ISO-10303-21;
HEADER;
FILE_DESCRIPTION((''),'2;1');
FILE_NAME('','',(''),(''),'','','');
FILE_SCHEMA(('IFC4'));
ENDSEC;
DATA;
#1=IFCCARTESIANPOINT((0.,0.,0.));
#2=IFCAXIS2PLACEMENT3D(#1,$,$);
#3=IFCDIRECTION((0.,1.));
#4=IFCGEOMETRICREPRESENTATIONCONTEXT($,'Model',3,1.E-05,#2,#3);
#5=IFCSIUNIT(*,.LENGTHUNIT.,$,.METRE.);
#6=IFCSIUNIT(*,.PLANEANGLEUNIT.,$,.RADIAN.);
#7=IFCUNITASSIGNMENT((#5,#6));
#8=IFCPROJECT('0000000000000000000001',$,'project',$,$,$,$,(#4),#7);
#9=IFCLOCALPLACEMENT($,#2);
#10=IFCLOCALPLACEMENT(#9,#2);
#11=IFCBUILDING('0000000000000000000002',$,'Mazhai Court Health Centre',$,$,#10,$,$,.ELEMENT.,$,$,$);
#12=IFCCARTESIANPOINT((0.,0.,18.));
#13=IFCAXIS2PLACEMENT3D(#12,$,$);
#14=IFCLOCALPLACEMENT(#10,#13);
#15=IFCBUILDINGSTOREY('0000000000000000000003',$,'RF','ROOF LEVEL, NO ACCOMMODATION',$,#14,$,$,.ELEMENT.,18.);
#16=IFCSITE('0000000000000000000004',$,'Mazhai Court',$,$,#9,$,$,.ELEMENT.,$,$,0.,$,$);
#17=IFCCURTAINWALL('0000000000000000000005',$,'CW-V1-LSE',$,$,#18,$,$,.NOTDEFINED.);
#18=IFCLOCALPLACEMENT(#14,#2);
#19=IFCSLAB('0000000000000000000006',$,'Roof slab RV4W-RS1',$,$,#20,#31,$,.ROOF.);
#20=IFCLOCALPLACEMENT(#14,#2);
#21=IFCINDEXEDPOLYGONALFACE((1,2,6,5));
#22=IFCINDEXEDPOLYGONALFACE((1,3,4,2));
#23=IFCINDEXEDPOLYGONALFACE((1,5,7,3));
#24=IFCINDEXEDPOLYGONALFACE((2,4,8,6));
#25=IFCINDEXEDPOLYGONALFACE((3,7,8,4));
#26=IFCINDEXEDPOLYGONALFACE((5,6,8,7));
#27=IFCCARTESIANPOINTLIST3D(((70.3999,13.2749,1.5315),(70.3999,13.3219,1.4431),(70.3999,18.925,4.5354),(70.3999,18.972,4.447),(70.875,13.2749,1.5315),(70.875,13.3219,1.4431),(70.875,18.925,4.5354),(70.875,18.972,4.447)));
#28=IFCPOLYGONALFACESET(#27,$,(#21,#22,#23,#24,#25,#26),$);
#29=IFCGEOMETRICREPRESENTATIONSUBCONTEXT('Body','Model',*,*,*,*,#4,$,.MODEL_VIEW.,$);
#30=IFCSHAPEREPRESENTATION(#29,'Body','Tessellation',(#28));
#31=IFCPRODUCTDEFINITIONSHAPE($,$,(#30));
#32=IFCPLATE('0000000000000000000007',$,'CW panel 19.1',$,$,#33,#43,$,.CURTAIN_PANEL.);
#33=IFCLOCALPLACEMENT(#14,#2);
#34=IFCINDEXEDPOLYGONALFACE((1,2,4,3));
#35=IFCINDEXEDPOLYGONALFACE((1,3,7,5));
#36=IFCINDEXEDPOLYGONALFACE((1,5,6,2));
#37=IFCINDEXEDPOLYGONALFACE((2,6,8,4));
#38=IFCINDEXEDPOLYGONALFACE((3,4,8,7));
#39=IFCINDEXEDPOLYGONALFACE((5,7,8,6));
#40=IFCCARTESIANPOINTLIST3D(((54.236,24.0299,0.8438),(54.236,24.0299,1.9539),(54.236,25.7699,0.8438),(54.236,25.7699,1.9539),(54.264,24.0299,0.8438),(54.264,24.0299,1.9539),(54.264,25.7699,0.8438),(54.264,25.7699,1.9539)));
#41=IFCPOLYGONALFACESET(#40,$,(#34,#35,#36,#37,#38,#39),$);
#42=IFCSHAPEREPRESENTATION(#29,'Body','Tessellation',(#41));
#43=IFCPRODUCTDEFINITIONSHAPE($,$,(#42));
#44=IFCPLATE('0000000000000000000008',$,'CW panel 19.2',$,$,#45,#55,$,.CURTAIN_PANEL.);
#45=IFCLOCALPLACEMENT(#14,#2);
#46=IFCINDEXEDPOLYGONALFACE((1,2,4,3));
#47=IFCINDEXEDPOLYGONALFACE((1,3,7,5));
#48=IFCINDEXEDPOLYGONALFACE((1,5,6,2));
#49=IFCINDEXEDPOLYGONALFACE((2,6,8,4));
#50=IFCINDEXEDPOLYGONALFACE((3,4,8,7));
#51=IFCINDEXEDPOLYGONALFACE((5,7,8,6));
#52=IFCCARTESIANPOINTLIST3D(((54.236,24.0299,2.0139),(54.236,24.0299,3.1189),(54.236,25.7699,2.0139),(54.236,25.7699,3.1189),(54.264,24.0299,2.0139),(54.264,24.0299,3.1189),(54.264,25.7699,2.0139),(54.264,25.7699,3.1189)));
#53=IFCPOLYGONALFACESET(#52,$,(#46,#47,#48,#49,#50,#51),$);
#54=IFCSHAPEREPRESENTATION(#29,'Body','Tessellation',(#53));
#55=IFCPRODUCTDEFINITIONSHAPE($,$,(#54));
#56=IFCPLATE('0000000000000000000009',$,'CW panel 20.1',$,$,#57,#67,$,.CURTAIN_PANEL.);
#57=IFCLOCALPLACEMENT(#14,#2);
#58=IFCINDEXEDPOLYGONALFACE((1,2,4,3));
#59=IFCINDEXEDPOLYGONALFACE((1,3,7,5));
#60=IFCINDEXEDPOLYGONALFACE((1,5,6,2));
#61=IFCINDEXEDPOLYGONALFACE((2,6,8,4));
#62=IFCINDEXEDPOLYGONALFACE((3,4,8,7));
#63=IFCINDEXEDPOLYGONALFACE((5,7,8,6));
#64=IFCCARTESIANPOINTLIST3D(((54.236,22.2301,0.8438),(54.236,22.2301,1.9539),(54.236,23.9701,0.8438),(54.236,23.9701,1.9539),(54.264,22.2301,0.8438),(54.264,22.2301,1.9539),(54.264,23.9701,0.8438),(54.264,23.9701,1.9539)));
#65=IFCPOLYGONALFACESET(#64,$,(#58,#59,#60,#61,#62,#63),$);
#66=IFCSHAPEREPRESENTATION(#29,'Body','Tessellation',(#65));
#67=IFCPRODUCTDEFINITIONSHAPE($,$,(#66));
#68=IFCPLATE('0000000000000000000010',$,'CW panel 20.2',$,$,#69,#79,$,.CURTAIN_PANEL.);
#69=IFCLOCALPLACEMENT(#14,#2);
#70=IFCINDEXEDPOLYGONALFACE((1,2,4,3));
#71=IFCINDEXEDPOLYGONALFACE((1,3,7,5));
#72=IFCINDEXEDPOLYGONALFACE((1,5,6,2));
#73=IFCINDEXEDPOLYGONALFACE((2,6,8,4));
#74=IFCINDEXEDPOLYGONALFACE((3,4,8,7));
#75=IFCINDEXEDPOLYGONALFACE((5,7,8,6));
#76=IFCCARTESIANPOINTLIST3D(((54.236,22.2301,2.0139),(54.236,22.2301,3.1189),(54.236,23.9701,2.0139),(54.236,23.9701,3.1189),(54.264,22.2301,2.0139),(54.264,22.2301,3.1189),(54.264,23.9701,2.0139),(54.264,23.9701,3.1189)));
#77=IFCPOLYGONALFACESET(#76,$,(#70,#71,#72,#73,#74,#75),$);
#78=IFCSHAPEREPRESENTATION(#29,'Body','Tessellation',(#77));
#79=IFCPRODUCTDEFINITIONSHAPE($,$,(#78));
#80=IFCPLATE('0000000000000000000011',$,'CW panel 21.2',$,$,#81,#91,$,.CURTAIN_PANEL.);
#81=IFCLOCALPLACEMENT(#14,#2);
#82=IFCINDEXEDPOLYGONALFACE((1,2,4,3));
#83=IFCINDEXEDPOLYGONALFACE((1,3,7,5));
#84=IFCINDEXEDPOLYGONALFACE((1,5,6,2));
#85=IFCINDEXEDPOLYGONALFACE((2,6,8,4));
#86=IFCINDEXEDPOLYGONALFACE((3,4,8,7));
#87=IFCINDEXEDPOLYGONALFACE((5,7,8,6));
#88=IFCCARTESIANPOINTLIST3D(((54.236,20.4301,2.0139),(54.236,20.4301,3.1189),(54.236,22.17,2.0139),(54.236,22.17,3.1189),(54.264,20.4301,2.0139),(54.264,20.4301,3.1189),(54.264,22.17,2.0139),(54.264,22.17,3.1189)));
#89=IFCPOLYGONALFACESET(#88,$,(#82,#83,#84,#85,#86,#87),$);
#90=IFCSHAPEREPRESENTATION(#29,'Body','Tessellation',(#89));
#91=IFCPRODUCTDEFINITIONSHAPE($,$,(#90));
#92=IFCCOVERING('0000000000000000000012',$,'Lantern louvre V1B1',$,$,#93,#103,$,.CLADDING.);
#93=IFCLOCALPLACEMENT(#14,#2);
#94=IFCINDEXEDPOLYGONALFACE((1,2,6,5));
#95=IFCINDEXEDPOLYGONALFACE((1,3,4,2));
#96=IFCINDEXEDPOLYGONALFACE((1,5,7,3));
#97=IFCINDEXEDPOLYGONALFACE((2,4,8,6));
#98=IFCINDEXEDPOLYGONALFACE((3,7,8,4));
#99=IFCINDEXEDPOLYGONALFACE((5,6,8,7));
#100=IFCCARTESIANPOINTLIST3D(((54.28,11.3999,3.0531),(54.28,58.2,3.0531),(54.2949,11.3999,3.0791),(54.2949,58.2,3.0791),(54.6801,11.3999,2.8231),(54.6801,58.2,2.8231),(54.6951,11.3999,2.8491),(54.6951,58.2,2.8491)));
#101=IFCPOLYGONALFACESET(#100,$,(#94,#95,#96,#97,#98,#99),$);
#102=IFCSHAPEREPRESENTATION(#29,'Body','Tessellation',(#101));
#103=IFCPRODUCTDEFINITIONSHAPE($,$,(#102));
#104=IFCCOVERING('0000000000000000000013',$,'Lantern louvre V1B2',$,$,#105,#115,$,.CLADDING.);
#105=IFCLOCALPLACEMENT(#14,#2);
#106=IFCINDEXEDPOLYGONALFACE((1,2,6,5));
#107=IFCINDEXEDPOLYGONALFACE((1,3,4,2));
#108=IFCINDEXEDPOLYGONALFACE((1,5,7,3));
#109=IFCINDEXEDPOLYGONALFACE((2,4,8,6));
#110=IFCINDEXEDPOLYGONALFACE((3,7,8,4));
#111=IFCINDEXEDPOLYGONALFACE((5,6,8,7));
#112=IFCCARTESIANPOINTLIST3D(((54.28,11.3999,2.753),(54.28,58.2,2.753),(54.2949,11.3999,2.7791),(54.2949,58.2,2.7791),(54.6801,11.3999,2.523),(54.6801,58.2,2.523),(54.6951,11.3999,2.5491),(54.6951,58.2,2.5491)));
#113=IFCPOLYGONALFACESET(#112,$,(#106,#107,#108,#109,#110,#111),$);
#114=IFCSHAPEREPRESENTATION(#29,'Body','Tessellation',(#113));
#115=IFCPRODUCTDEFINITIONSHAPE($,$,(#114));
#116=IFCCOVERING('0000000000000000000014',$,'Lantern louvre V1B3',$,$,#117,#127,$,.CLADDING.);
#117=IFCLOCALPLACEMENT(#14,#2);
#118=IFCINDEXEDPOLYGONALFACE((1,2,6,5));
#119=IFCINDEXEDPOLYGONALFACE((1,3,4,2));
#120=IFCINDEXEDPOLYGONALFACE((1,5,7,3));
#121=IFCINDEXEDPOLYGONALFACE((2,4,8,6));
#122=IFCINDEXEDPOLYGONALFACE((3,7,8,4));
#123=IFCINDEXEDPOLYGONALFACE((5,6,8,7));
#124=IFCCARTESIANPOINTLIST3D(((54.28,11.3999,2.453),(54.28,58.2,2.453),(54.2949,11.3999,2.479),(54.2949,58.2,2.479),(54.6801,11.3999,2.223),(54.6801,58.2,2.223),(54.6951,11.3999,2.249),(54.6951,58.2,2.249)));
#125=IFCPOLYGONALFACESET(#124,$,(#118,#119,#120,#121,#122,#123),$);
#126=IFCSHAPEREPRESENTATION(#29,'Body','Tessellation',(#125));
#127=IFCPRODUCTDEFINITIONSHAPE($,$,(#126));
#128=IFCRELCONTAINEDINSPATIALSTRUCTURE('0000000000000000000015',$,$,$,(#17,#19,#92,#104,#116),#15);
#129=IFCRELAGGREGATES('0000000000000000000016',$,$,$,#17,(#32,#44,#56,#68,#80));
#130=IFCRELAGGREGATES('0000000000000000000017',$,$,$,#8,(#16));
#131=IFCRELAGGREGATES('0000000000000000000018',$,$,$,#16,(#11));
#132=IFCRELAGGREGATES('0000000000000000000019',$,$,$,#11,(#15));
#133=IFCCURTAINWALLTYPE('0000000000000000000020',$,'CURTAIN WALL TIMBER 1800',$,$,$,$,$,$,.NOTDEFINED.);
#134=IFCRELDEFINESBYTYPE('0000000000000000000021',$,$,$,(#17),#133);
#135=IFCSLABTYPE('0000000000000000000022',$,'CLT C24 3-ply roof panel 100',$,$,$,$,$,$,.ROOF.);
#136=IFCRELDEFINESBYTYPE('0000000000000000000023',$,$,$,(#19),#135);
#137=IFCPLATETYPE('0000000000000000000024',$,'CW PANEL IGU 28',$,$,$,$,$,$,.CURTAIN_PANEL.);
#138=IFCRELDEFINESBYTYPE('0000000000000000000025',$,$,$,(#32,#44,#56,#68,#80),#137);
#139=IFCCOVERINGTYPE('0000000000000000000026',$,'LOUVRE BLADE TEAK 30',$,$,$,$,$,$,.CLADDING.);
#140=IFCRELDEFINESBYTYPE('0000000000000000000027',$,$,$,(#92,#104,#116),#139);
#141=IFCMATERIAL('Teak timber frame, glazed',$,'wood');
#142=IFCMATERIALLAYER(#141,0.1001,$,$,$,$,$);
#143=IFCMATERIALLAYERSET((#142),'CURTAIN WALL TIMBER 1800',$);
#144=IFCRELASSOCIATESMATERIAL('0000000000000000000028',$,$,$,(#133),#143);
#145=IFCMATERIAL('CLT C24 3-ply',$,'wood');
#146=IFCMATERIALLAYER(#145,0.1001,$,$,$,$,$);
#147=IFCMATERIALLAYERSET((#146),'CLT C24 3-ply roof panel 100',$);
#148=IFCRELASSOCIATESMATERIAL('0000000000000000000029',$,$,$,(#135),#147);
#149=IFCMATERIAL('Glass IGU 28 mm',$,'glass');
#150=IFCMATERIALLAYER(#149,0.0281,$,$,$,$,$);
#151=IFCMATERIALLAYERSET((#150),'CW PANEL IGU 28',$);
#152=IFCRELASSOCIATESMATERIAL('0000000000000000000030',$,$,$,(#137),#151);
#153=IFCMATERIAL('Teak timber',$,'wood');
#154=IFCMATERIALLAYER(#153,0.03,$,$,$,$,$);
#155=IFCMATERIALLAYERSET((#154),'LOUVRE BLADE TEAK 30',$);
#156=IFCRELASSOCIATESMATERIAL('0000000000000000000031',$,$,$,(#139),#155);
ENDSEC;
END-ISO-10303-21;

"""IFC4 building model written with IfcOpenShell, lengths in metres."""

from ifc_helpers import new_model, si_unit, direction, frame, origin, origin_2d, place, context, subcontext, project, spatial, polyline, rectangle, outline, extrude, material, layer, layer_set, type_object, element, aggregate, save


model = new_model("IFC4")

# Units and contexts
model_context = context("Model", 3, precision=1e-05, world=origin(), true_north=direction((0.0, 1.0)))
body_context = subcontext(model_context, "Body", "Model", "MODEL_VIEW")
ifc_project = project(units=[si_unit("LENGTHUNIT", "METRE"), si_unit("PLANEANGLEUNIT", "RADIAN")], contexts=[model_context])

# Site, building, storey
site_placement = place(None, origin())
site = spatial("IfcSite", under=ifc_project, at=site_placement, Name="Mazhai Court", CompositionType="ELEMENT", RefElevation=0.0)
building_placement = place(site_placement, origin())
building = spatial("IfcBuilding", under=site, at=building_placement, Name="Mazhai Court Health Centre", CompositionType="ELEMENT")
storey_placement = place(building_placement, frame((0.0, 0.0, 18.0)))
storey = spatial("IfcBuildingStorey", under=building, at=storey_placement, Name="RF", Description="ROOF LEVEL, NO ACCOMMODATION", CompositionType="ELEMENT", Elevation=18.0)

# Curtain wall
ifc_material_1 = material(Name="Teak timber frame, glazed", Category="wood")
ifc_layer_1 = layer(ifc_material_1, 0.1001)
ifc_layer_set_1 = layer_set([ifc_layer_1], Name="CURTAIN WALL TIMBER 1800")
curtain_wall_type = type_object("IfcCurtainWallType", Name="CURTAIN WALL TIMBER 1800", PredefinedType="NOTDEFINED", material=ifc_layer_set_1)
curtain_wall_placement = place(storey_placement, origin())
curtain_wall = element("IfcCurtainWall", 1, at=curtain_wall_placement, inside=storey, type_object=curtain_wall_type, Name="CW-V1-LSE", PredefinedType="NOTDEFINED")

# Slab
ifc_material_2 = material(Name="CLT C24 3-ply", Category="wood")
ifc_layer_2 = layer(ifc_material_2, 0.1001)
ifc_layer_set_2 = layer_set([ifc_layer_2], Name="CLT C24 3-ply roof panel 100")
slab_type = type_object("IfcSlabType", Name="CLT C24 3-ply roof panel 100", PredefinedType="ROOF", material=ifc_layer_set_2)
slab_placement = place(storey_placement, frame((70.3999, 18.925, 4.5354), z_axis=(0.0, -0.469431, 0.882969), x_axis=(1.0, 0.0, 0.0)))
element("IfcSlab", 2, at=slab_placement, inside=storey, type_object=slab_type, Name="Roof slab RV4W-RS1", PredefinedType="ROOF", context=body_context, shape_type="SweptSolid", body=[
    extrude(outline(polyline([(0.0, 0.0), (0.4751, 0.0), (0.4751, -6.399), (0.0, -6.399), (0.0, 0.0)])), origin(), (0.0, 0.0, -1.0), 0.1001),
])

# Plates
ifc_material_3 = material(Name="Glass IGU 28 mm", Category="glass")
ifc_layer_3 = layer(ifc_material_3, 0.0281)
ifc_layer_set_3 = layer_set([ifc_layer_3], Name="CW PANEL IGU 28")
plate_type = type_object("IfcPlateType", Name="CW PANEL IGU 28", PredefinedType="CURTAIN_PANEL", material=ifc_layer_set_3)
plate_1_placement = place(storey_placement, frame((54.25, 24.8999, 0.8438), z_axis=(0.0, 0.0, 1.0), x_axis=(0.0, -1.0, 0.0)))
plate_1 = element("IfcPlate", 3, at=plate_1_placement, type_object=plate_type, Name="CW panel 19.1", PredefinedType="CURTAIN_PANEL", context=body_context, shape_type="SweptSolid", body=[
    extrude(rectangle(XDim=1.74, YDim=0.0281, at=origin_2d()), origin(), (0.0, 0.0, 1.0), 1.1101),
])
plate_2_placement = place(storey_placement, frame((54.25, 24.8999, 2.0139), z_axis=(0.0, 0.0, 1.0), x_axis=(0.0, -1.0, 0.0)))
plate_2 = element("IfcPlate", 4, at=plate_2_placement, type_object=plate_type, Name="CW panel 19.2", PredefinedType="CURTAIN_PANEL", context=body_context, shape_type="SweptSolid", body=[
    extrude(rectangle(XDim=1.74, YDim=0.0281, at=origin_2d()), origin(), (0.0, 0.0, 1.0), 1.105),
])
plate_3_placement = place(storey_placement, frame((54.25, 23.1001, 0.8438), z_axis=(0.0, 0.0, 1.0), x_axis=(0.0, -1.0, 0.0)))
plate_3 = element("IfcPlate", 5, at=plate_3_placement, type_object=plate_type, Name="CW panel 20.1", PredefinedType="CURTAIN_PANEL", context=body_context, shape_type="SweptSolid", body=[
    extrude(rectangle(XDim=1.74, YDim=0.0281, at=origin_2d()), origin(), (0.0, 0.0, 1.0), 1.1101),
])
plate_4_placement = place(storey_placement, frame((54.25, 23.1001, 2.0139), z_axis=(0.0, 0.0, 1.0), x_axis=(0.0, -1.0, 0.0)))
plate_4 = element("IfcPlate", 6, at=plate_4_placement, type_object=plate_type, Name="CW panel 20.2", PredefinedType="CURTAIN_PANEL", context=body_context, shape_type="SweptSolid", body=[
    extrude(rectangle(XDim=1.74, YDim=0.0281, at=origin_2d()), origin(), (0.0, 0.0, 1.0), 1.105),
])
plate_5_placement = place(storey_placement, frame((54.25, 21.3, 2.0139), z_axis=(0.0, 0.0, 1.0), x_axis=(0.0, -1.0, 0.0)))
plate_5 = element("IfcPlate", 7, at=plate_5_placement, type_object=plate_type, Name="CW panel 21.2", PredefinedType="CURTAIN_PANEL", context=body_context, shape_type="SweptSolid", body=[
    extrude(rectangle(XDim=1.74, YDim=0.0281, at=origin_2d()), origin(), (0.0, 0.0, 1.0), 1.105),
])
aggregate(curtain_wall, [plate_1, plate_2, plate_3, plate_4, plate_5])

# Coverings
ifc_material_4 = material(Name="Teak timber", Category="wood")
ifc_layer_4 = layer(ifc_material_4, 0.03)
ifc_layer_set_4 = layer_set([ifc_layer_4], Name="LOUVRE BLADE TEAK 30")
covering_type = type_object("IfcCoveringType", Name="LOUVRE BLADE TEAK 30", PredefinedType="CLADDING", material=ifc_layer_set_4)
for number, where, z_axis, x_axis, name in (
    (8, (54.2949, 11.3999, 3.0791), (0.498302, 0.0, 0.867003), (0.0, 1.0, 0.0), "Lantern louvre V1B1"),
    (9, (54.2949, 11.3999, 2.7791), (0.498302, 0.0, 0.867003), (0.0, 1.0, 0.0), "Lantern louvre V1B2"),
    (10, (54.2949, 11.3999, 2.479), (0.498302, 0.0, 0.867003), (0.0, 1.0, 0.0), "Lantern louvre V1B3"),
):
    element("IfcCovering", number, at=place(storey_placement, frame(where, z_axis=z_axis, x_axis=x_axis)), inside=storey, type_object=covering_type, Name=name, PredefinedType="CLADDING", context=body_context, shape_type="SweptSolid", body=[
        extrude(outline(polyline([(0.0, 0.0), (46.8, 0.0), (46.8, -0.4615), (0.0, -0.4615), (0.0, 0.0)])), origin(), (0.0, 0.0, -1.0), 0.03),
    ])

save(model, "model.ifc")
